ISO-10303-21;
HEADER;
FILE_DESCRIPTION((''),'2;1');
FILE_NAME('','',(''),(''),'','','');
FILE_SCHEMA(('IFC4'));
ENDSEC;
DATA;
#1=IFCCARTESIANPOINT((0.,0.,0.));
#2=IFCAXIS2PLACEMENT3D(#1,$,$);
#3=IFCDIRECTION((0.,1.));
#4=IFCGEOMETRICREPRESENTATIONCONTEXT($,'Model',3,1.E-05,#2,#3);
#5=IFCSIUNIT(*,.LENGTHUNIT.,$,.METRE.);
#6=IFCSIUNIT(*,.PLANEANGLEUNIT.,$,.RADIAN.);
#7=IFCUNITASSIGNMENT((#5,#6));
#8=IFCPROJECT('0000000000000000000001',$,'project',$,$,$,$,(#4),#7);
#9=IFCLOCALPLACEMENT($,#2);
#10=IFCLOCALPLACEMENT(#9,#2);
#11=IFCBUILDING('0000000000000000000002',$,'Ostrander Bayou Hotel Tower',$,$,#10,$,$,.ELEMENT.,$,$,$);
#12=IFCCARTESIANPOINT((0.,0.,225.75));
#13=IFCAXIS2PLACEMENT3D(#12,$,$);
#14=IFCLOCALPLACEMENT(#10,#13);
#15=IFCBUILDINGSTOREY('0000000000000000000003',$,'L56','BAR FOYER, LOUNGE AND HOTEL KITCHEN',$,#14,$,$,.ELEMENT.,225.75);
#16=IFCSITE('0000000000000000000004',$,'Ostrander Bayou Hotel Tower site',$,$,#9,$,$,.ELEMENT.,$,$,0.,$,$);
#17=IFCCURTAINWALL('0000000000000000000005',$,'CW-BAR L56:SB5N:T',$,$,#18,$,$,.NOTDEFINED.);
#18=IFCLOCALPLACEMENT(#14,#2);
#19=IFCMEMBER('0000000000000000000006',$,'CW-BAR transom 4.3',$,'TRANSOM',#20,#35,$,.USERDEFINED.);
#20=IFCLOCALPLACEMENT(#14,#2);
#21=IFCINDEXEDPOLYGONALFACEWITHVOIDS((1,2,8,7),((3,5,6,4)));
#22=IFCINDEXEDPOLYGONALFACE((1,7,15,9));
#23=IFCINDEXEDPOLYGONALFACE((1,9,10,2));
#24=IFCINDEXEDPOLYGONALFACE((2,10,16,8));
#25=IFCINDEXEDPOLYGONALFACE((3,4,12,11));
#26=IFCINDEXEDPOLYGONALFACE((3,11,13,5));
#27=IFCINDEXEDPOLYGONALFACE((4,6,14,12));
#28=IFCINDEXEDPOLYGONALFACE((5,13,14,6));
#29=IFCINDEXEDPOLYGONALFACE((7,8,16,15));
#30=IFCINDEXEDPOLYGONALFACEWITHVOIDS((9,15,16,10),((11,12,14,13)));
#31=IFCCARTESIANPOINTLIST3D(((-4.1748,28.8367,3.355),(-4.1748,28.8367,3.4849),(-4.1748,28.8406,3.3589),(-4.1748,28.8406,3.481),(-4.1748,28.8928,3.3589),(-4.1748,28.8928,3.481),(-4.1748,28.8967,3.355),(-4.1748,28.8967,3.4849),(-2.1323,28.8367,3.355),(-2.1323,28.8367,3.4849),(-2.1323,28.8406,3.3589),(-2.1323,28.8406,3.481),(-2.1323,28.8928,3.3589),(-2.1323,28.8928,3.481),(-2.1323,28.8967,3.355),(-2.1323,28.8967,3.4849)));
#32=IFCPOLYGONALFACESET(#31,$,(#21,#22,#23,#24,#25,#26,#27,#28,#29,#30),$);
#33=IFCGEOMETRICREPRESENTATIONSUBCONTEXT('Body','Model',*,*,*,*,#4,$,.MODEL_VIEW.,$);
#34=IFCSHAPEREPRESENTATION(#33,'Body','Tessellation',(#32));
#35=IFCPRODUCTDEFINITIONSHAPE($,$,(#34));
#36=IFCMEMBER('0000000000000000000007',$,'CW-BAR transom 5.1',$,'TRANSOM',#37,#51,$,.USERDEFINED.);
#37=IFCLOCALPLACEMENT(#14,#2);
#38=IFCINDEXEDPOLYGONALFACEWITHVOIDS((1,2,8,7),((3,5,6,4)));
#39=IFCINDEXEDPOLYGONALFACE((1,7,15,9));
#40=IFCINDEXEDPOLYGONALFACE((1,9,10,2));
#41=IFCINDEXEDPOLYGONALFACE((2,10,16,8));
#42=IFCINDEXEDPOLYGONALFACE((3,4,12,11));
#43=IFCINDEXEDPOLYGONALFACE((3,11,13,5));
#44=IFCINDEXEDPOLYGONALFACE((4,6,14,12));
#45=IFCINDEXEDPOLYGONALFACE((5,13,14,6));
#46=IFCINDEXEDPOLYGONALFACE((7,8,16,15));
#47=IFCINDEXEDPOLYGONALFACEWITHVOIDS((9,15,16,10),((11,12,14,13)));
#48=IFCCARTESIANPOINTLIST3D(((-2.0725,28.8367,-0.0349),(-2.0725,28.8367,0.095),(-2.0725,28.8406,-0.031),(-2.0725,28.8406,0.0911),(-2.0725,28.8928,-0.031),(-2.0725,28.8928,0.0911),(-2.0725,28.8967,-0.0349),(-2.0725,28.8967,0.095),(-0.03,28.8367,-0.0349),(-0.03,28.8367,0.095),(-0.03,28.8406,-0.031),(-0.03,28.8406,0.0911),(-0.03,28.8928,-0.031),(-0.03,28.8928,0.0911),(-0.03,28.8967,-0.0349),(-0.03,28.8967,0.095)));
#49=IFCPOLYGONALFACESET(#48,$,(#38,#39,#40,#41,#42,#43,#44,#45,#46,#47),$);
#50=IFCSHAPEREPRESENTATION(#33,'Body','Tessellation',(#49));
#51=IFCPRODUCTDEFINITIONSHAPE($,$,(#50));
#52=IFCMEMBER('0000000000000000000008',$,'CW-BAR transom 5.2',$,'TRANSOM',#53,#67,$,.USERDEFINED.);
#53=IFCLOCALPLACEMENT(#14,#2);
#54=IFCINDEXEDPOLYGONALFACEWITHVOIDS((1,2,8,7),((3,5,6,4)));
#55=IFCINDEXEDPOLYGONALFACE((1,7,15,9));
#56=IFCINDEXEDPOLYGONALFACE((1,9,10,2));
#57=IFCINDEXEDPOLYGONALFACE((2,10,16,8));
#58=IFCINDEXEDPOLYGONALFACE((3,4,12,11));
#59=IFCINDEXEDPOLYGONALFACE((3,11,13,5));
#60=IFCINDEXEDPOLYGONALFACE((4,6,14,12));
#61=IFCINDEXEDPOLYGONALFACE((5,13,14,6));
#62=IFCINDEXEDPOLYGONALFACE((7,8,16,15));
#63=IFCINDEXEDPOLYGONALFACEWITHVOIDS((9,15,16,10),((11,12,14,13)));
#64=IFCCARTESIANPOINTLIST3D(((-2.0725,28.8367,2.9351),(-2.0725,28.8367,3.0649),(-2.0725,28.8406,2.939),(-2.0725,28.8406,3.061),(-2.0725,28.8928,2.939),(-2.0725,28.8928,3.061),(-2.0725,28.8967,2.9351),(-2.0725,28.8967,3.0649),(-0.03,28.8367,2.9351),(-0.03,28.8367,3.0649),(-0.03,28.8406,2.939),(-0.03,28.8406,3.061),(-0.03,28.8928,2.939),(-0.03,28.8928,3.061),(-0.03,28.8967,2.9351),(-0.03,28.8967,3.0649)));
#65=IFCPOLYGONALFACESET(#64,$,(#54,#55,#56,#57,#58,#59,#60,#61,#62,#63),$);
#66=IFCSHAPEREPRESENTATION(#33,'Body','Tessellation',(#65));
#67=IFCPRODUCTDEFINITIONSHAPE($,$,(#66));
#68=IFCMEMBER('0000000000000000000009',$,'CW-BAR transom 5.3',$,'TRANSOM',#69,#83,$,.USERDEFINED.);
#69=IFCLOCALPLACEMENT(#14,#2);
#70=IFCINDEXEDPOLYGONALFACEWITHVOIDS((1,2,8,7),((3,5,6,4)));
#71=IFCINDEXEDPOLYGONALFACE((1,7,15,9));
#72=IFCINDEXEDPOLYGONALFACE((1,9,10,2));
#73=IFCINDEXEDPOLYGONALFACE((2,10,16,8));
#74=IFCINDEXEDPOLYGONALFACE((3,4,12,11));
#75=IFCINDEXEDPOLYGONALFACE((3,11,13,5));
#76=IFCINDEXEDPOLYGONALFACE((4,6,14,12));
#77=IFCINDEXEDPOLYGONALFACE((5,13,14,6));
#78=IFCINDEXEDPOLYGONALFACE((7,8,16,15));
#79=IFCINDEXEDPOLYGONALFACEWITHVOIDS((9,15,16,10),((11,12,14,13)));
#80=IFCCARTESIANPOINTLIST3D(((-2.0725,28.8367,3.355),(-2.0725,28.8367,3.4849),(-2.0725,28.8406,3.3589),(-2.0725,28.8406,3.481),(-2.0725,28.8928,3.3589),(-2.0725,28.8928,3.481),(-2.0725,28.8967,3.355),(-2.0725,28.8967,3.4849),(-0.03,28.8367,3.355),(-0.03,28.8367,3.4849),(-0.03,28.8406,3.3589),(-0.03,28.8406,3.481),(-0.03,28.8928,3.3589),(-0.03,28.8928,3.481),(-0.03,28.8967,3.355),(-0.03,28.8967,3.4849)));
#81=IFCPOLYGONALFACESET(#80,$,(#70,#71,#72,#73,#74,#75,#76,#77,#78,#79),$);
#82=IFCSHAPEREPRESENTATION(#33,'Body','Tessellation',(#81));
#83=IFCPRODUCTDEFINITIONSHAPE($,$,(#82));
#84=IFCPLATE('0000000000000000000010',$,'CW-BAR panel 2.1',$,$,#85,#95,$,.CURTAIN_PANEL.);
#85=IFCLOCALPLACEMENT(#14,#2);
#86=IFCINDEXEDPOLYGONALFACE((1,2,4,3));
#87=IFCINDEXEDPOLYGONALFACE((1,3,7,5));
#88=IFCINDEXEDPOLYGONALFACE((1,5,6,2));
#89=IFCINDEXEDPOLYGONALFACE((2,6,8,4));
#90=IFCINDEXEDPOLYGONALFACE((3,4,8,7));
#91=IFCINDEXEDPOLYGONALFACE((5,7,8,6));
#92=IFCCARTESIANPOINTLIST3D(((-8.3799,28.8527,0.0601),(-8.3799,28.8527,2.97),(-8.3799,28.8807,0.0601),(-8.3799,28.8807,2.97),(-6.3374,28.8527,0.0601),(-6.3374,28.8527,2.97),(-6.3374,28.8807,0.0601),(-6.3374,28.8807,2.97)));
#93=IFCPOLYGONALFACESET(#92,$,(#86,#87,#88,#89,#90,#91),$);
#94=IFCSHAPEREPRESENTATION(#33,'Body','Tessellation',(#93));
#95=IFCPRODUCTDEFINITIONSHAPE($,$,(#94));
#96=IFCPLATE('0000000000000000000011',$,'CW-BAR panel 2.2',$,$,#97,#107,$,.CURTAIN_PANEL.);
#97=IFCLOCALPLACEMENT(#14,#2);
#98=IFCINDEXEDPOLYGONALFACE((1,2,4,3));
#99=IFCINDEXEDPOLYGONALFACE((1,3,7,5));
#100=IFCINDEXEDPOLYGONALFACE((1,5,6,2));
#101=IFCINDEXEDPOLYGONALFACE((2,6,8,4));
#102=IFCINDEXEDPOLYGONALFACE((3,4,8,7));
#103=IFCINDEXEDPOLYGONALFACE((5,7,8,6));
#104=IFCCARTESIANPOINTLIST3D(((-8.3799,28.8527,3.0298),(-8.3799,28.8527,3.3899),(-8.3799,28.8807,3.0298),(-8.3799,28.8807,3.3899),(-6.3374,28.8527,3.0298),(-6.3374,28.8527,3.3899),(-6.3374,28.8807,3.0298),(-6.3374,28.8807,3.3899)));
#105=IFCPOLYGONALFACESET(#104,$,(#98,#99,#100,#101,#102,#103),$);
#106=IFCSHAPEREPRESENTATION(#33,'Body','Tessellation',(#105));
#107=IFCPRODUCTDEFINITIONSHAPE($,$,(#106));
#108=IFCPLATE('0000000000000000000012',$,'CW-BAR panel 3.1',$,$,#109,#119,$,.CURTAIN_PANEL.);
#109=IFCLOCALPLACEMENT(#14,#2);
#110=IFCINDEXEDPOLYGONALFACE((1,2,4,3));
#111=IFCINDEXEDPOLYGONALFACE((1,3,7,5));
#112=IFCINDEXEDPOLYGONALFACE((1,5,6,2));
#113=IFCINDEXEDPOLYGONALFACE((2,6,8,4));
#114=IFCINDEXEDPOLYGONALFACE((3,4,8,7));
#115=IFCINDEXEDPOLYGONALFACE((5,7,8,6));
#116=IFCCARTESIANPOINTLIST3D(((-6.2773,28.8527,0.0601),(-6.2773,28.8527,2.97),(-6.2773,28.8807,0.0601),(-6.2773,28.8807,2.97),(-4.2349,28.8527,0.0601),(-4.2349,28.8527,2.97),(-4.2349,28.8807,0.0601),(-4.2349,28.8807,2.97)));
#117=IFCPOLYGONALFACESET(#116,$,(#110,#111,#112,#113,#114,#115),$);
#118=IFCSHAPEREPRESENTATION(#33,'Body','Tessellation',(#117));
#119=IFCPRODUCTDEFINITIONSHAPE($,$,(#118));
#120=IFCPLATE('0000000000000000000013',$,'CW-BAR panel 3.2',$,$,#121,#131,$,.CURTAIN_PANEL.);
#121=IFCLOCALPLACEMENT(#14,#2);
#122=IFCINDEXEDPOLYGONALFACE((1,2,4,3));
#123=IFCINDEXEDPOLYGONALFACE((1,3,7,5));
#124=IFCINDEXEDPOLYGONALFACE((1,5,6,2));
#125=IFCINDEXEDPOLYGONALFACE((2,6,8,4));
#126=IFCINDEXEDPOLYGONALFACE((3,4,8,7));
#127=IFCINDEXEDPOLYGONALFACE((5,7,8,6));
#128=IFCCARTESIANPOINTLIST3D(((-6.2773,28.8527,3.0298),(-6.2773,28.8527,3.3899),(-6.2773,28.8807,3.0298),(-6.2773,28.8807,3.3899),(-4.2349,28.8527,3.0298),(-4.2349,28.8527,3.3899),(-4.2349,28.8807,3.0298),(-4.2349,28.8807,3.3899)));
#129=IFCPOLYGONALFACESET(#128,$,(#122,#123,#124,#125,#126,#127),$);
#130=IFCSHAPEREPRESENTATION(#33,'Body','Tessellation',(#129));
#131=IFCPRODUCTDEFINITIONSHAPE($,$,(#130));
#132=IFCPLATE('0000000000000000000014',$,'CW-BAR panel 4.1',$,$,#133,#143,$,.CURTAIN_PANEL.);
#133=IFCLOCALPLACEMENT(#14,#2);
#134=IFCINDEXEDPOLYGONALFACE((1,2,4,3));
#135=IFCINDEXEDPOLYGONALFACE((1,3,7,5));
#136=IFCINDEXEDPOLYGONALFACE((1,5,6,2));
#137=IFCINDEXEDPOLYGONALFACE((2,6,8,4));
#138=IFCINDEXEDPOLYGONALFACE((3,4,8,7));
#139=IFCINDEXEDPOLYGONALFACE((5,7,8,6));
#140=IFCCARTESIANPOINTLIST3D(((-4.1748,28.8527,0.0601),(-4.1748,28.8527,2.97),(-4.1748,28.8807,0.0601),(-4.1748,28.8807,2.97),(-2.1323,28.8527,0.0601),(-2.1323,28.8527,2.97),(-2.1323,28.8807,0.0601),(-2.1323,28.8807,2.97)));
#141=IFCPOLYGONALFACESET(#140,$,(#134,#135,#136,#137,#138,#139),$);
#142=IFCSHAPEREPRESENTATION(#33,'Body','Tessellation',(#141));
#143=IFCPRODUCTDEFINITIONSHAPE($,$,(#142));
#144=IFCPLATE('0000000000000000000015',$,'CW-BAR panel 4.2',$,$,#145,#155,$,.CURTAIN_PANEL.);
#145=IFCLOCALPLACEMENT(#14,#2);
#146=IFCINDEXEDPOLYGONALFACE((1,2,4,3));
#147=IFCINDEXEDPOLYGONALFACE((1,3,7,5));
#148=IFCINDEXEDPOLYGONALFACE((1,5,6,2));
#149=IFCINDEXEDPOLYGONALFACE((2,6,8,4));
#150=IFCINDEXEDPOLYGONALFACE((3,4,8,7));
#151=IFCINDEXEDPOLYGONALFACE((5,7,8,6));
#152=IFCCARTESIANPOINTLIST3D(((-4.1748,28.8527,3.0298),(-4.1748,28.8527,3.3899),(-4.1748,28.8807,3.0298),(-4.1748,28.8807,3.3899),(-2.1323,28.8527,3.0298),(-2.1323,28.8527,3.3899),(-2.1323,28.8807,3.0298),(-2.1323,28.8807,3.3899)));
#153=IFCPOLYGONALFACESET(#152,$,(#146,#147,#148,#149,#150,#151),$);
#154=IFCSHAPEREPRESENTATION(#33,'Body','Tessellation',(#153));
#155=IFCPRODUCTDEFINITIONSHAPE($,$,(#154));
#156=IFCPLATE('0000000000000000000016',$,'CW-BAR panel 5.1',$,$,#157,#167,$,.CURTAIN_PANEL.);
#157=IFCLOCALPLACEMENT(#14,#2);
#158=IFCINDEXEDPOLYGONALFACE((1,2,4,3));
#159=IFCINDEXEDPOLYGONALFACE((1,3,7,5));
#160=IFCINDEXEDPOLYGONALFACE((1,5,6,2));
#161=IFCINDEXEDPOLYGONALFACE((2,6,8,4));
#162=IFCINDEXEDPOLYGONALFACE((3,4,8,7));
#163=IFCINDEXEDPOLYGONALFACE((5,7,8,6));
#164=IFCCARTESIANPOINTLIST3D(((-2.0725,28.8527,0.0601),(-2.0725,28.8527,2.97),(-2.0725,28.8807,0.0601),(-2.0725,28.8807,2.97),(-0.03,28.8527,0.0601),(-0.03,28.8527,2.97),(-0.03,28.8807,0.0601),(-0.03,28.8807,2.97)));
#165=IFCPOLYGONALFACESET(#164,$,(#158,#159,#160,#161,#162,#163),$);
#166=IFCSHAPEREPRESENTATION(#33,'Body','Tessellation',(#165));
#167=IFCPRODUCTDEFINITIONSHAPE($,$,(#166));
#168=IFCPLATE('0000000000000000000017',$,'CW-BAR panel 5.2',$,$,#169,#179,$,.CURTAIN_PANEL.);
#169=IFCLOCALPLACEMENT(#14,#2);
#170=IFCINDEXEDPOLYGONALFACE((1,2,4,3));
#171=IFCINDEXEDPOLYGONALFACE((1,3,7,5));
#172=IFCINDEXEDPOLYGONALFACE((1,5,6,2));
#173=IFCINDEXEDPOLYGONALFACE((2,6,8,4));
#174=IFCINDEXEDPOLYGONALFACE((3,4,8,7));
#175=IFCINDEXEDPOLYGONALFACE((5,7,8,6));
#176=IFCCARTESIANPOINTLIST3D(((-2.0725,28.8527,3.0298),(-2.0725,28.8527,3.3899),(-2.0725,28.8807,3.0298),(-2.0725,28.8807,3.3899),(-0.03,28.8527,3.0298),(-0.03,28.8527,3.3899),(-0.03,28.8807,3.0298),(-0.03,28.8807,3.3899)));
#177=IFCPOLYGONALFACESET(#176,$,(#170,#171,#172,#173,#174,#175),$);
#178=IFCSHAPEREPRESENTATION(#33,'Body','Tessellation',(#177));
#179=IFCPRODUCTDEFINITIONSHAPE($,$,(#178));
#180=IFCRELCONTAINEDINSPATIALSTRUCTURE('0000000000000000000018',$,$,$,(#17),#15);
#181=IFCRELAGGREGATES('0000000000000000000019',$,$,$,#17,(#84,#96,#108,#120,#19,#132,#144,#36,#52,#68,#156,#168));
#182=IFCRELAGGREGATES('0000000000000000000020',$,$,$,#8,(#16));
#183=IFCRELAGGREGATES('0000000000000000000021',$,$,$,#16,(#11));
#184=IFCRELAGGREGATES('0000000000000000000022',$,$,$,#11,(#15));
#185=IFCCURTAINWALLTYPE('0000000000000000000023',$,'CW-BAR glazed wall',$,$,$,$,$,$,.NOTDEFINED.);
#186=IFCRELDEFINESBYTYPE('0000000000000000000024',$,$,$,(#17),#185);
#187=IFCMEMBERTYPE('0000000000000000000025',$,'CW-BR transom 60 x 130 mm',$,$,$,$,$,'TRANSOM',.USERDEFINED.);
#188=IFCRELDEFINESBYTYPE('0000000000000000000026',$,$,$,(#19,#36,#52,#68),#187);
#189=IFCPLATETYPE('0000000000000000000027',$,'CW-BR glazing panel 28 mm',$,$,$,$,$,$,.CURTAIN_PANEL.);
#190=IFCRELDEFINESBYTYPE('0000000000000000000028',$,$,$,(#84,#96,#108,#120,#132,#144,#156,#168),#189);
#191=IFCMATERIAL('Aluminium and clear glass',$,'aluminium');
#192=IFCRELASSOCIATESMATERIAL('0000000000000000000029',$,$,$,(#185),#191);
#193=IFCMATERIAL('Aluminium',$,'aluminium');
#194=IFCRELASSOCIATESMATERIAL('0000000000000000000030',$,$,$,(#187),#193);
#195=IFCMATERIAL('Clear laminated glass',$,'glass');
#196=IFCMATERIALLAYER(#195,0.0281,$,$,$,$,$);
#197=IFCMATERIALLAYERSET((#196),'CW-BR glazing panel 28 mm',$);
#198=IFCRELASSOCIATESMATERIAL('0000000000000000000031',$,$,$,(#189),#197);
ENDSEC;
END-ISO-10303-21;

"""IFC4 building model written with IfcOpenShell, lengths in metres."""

from ifc_helpers import new_model, si_unit, direction, frame, origin, origin_2d, place, context, subcontext, project, spatial, rectangle, hollow_rectangle, extrude, material, layer, layer_set, material_profile, profile_set, type_object, element, aggregate, save


model = new_model("IFC4")

# Units and contexts
model_context = context("Model", 3, precision=1e-05, world=origin(), true_north=direction((0.0, 1.0)))
body_context = subcontext(model_context, "Body", "Model", "MODEL_VIEW")
ifc_project = project(units=[si_unit("LENGTHUNIT", "METRE"), si_unit("PLANEANGLEUNIT", "RADIAN")], contexts=[model_context])

# Site, building, storey
site_placement = place(None, origin())
site = spatial("IfcSite", under=ifc_project, at=site_placement, Name="Ostrander Bayou Hotel Tower site", CompositionType="ELEMENT", RefElevation=0.0)
building_placement = place(site_placement, origin())
building = spatial("IfcBuilding", under=site, at=building_placement, Name="Ostrander Bayou Hotel Tower", CompositionType="ELEMENT")
storey_placement = place(building_placement, frame((0.0, 0.0, 225.75)))
storey = spatial("IfcBuildingStorey", under=building, at=storey_placement, Name="L56", Description="BAR FOYER, LOUNGE AND HOTEL KITCHEN", CompositionType="ELEMENT", Elevation=225.75)

# Curtain wall, members, plates
ifc_material_1 = material(Name="Aluminium and clear glass", Category="aluminium")
curtain_wall_type = type_object("IfcCurtainWallType", Name="CW-BAR glazed wall", PredefinedType="NOTDEFINED", material=ifc_material_1)
curtain_wall_placement = place(storey_placement, origin())
curtain_wall = element("IfcCurtainWall", 1, at=curtain_wall_placement, inside=storey, type_object=curtain_wall_type, Name="CW-BAR L56:SB5N:T", PredefinedType="NOTDEFINED")
ifc_material_2 = material(Name="Aluminium", Category="aluminium")
ifc_material_profile_1 = material_profile(ifc_material_2, hollow_rectangle(XDim=0.0601, YDim=0.1299, WallThickness=0.0039, at=origin_2d()))
ifc_profile_set_1 = profile_set([ifc_material_profile_1], Name="Aluminium")
member_type_1 = type_object("IfcMemberType", Name="CW-BR transom 60 x 130 mm", ElementType="TRANSOM", PredefinedType="USERDEFINED", material=ifc_profile_set_1)
member_1_placement = place(storey_placement, frame((-4.1748, 28.8667, 3.4199), z_axis=(1.0, 0.0, 0.0), x_axis=(0.0, 1.0, 0.0)))
member_1 = element("IfcMember", 2, at=member_1_placement, type_object=member_type_1, Name="CW-BAR transom 4.3", ObjectType="TRANSOM", PredefinedType="USERDEFINED", context=body_context, shape_type="SweptSolid", body=[
    extrude(hollow_rectangle(XDim=0.0601, YDim=0.1299, WallThickness=0.0039, at=origin_2d()), origin(), (0.0, 0.0, 1.0), 2.0425),
])
member_2_placement = place(storey_placement, frame((-2.0725, 28.8667, 0.03), z_axis=(1.0, 0.0, 0.0), x_axis=(0.0, 1.0, 0.0)))
member_2 = element("IfcMember", 3, at=member_2_placement, type_object=member_type_1, Name="CW-BAR transom 5.1", ObjectType="TRANSOM", PredefinedType="USERDEFINED", context=body_context, shape_type="SweptSolid", body=[
    extrude(hollow_rectangle(XDim=0.0601, YDim=0.1299, WallThickness=0.0039, at=origin_2d()), origin(), (0.0, 0.0, 1.0), 2.0425),
])
member_3_placement = place(storey_placement, frame((-2.0725, 28.8667, 3.0), z_axis=(1.0, 0.0, 0.0), x_axis=(0.0, 1.0, 0.0)))
member_3 = element("IfcMember", 4, at=member_3_placement, type_object=member_type_1, Name="CW-BAR transom 5.2", ObjectType="TRANSOM", PredefinedType="USERDEFINED", context=body_context, shape_type="SweptSolid", body=[
    extrude(hollow_rectangle(XDim=0.0601, YDim=0.1299, WallThickness=0.0039, at=origin_2d()), origin(), (0.0, 0.0, 1.0), 2.0425),
])
member_4_placement = place(storey_placement, frame((-2.0725, 28.8667, 3.4199), z_axis=(1.0, 0.0, 0.0), x_axis=(0.0, 1.0, 0.0)))
member_4 = element("IfcMember", 5, at=member_4_placement, type_object=member_type_1, Name="CW-BAR transom 5.3", ObjectType="TRANSOM", PredefinedType="USERDEFINED", context=body_context, shape_type="SweptSolid", body=[
    extrude(hollow_rectangle(XDim=0.0601, YDim=0.1299, WallThickness=0.0039, at=origin_2d()), origin(), (0.0, 0.0, 1.0), 2.0425),
])
ifc_material_3 = material(Name="Clear laminated glass", Category="glass")
ifc_layer = layer(ifc_material_3, 0.0281)
ifc_layer_set = layer_set([ifc_layer], Name="CW-BR glazing panel 28 mm")
plate_type = type_object("IfcPlateType", Name="CW-BR glazing panel 28 mm", PredefinedType="CURTAIN_PANEL", material=ifc_layer_set)
plate_1_placement = place(storey_placement, frame((-7.3586, 28.8667, 0.0601), z_axis=(0.0, 0.0, 1.0), x_axis=(1.0, 0.0, 0.0)))
plate_1 = element("IfcPlate", 6, at=plate_1_placement, type_object=plate_type, Name="CW-BAR panel 2.1", PredefinedType="CURTAIN_PANEL", context=body_context, shape_type="SweptSolid", body=[
    extrude(rectangle(XDim=2.0425, YDim=0.0281, at=origin_2d()), origin(), (0.0, 0.0, 1.0), 2.9099),
])
plate_2_placement = place(storey_placement, frame((-7.3586, 28.8667, 3.0298), z_axis=(0.0, 0.0, 1.0), x_axis=(1.0, 0.0, 0.0)))
plate_2 = element("IfcPlate", 7, at=plate_2_placement, type_object=plate_type, Name="CW-BAR panel 2.2", PredefinedType="CURTAIN_PANEL", context=body_context, shape_type="SweptSolid", body=[
    extrude(rectangle(XDim=2.0425, YDim=0.0281, at=origin_2d()), origin(), (0.0, 0.0, 1.0), 0.3601),
])
plate_3_placement = place(storey_placement, frame((-5.2561, 28.8667, 0.0601), z_axis=(0.0, 0.0, 1.0), x_axis=(1.0, 0.0, 0.0)))
plate_3 = element("IfcPlate", 8, at=plate_3_placement, type_object=plate_type, Name="CW-BAR panel 3.1", PredefinedType="CURTAIN_PANEL", context=body_context, shape_type="SweptSolid", body=[
    extrude(rectangle(XDim=2.0425, YDim=0.0281, at=origin_2d()), origin(), (0.0, 0.0, 1.0), 2.9099),
])
plate_4_placement = place(storey_placement, frame((-5.2561, 28.8667, 3.0298), z_axis=(0.0, 0.0, 1.0), x_axis=(1.0, 0.0, 0.0)))
plate_4 = element("IfcPlate", 9, at=plate_4_placement, type_object=plate_type, Name="CW-BAR panel 3.2", PredefinedType="CURTAIN_PANEL", context=body_context, shape_type="SweptSolid", body=[
    extrude(rectangle(XDim=2.0425, YDim=0.0281, at=origin_2d()), origin(), (0.0, 0.0, 1.0), 0.3601),
])
plate_5_placement = place(storey_placement, frame((-3.1536, 28.8667, 0.0601), z_axis=(0.0, 0.0, 1.0), x_axis=(1.0, 0.0, 0.0)))
plate_5 = element("IfcPlate", 10, at=plate_5_placement, type_object=plate_type, Name="CW-BAR panel 4.1", PredefinedType="CURTAIN_PANEL", context=body_context, shape_type="SweptSolid", body=[
    extrude(rectangle(XDim=2.0425, YDim=0.0281, at=origin_2d()), origin(), (0.0, 0.0, 1.0), 2.9099),
])
plate_6_placement = place(storey_placement, frame((-3.1536, 28.8667, 3.0298), z_axis=(0.0, 0.0, 1.0), x_axis=(1.0, 0.0, 0.0)))
plate_6 = element("IfcPlate", 11, at=plate_6_placement, type_object=plate_type, Name="CW-BAR panel 4.2", PredefinedType="CURTAIN_PANEL", context=body_context, shape_type="SweptSolid", body=[
    extrude(rectangle(XDim=2.0425, YDim=0.0281, at=origin_2d()), origin(), (0.0, 0.0, 1.0), 0.3601),
])
plate_7_placement = place(storey_placement, frame((-1.0513, 28.8667, 0.0601), z_axis=(0.0, 0.0, 1.0), x_axis=(1.0, 0.0, 0.0)))
plate_7 = element("IfcPlate", 12, at=plate_7_placement, type_object=plate_type, Name="CW-BAR panel 5.1", PredefinedType="CURTAIN_PANEL", context=body_context, shape_type="SweptSolid", body=[
    extrude(rectangle(XDim=2.0425, YDim=0.0281, at=origin_2d()), origin(), (0.0, 0.0, 1.0), 2.9099),
])
plate_8_placement = place(storey_placement, frame((-1.0513, 28.8667, 3.0298), z_axis=(0.0, 0.0, 1.0), x_axis=(1.0, 0.0, 0.0)))
plate_8 = element("IfcPlate", 13, at=plate_8_placement, type_object=plate_type, Name="CW-BAR panel 5.2", PredefinedType="CURTAIN_PANEL", context=body_context, shape_type="SweptSolid", body=[
    extrude(rectangle(XDim=2.0425, YDim=0.0281, at=origin_2d()), origin(), (0.0, 0.0, 1.0), 0.3601),
])
aggregate(curtain_wall, [plate_1, plate_2, plate_3, plate_4, member_1, plate_5, plate_6, member_2, member_3, member_4, plate_7, plate_8])

save(model, "model.ifc")
